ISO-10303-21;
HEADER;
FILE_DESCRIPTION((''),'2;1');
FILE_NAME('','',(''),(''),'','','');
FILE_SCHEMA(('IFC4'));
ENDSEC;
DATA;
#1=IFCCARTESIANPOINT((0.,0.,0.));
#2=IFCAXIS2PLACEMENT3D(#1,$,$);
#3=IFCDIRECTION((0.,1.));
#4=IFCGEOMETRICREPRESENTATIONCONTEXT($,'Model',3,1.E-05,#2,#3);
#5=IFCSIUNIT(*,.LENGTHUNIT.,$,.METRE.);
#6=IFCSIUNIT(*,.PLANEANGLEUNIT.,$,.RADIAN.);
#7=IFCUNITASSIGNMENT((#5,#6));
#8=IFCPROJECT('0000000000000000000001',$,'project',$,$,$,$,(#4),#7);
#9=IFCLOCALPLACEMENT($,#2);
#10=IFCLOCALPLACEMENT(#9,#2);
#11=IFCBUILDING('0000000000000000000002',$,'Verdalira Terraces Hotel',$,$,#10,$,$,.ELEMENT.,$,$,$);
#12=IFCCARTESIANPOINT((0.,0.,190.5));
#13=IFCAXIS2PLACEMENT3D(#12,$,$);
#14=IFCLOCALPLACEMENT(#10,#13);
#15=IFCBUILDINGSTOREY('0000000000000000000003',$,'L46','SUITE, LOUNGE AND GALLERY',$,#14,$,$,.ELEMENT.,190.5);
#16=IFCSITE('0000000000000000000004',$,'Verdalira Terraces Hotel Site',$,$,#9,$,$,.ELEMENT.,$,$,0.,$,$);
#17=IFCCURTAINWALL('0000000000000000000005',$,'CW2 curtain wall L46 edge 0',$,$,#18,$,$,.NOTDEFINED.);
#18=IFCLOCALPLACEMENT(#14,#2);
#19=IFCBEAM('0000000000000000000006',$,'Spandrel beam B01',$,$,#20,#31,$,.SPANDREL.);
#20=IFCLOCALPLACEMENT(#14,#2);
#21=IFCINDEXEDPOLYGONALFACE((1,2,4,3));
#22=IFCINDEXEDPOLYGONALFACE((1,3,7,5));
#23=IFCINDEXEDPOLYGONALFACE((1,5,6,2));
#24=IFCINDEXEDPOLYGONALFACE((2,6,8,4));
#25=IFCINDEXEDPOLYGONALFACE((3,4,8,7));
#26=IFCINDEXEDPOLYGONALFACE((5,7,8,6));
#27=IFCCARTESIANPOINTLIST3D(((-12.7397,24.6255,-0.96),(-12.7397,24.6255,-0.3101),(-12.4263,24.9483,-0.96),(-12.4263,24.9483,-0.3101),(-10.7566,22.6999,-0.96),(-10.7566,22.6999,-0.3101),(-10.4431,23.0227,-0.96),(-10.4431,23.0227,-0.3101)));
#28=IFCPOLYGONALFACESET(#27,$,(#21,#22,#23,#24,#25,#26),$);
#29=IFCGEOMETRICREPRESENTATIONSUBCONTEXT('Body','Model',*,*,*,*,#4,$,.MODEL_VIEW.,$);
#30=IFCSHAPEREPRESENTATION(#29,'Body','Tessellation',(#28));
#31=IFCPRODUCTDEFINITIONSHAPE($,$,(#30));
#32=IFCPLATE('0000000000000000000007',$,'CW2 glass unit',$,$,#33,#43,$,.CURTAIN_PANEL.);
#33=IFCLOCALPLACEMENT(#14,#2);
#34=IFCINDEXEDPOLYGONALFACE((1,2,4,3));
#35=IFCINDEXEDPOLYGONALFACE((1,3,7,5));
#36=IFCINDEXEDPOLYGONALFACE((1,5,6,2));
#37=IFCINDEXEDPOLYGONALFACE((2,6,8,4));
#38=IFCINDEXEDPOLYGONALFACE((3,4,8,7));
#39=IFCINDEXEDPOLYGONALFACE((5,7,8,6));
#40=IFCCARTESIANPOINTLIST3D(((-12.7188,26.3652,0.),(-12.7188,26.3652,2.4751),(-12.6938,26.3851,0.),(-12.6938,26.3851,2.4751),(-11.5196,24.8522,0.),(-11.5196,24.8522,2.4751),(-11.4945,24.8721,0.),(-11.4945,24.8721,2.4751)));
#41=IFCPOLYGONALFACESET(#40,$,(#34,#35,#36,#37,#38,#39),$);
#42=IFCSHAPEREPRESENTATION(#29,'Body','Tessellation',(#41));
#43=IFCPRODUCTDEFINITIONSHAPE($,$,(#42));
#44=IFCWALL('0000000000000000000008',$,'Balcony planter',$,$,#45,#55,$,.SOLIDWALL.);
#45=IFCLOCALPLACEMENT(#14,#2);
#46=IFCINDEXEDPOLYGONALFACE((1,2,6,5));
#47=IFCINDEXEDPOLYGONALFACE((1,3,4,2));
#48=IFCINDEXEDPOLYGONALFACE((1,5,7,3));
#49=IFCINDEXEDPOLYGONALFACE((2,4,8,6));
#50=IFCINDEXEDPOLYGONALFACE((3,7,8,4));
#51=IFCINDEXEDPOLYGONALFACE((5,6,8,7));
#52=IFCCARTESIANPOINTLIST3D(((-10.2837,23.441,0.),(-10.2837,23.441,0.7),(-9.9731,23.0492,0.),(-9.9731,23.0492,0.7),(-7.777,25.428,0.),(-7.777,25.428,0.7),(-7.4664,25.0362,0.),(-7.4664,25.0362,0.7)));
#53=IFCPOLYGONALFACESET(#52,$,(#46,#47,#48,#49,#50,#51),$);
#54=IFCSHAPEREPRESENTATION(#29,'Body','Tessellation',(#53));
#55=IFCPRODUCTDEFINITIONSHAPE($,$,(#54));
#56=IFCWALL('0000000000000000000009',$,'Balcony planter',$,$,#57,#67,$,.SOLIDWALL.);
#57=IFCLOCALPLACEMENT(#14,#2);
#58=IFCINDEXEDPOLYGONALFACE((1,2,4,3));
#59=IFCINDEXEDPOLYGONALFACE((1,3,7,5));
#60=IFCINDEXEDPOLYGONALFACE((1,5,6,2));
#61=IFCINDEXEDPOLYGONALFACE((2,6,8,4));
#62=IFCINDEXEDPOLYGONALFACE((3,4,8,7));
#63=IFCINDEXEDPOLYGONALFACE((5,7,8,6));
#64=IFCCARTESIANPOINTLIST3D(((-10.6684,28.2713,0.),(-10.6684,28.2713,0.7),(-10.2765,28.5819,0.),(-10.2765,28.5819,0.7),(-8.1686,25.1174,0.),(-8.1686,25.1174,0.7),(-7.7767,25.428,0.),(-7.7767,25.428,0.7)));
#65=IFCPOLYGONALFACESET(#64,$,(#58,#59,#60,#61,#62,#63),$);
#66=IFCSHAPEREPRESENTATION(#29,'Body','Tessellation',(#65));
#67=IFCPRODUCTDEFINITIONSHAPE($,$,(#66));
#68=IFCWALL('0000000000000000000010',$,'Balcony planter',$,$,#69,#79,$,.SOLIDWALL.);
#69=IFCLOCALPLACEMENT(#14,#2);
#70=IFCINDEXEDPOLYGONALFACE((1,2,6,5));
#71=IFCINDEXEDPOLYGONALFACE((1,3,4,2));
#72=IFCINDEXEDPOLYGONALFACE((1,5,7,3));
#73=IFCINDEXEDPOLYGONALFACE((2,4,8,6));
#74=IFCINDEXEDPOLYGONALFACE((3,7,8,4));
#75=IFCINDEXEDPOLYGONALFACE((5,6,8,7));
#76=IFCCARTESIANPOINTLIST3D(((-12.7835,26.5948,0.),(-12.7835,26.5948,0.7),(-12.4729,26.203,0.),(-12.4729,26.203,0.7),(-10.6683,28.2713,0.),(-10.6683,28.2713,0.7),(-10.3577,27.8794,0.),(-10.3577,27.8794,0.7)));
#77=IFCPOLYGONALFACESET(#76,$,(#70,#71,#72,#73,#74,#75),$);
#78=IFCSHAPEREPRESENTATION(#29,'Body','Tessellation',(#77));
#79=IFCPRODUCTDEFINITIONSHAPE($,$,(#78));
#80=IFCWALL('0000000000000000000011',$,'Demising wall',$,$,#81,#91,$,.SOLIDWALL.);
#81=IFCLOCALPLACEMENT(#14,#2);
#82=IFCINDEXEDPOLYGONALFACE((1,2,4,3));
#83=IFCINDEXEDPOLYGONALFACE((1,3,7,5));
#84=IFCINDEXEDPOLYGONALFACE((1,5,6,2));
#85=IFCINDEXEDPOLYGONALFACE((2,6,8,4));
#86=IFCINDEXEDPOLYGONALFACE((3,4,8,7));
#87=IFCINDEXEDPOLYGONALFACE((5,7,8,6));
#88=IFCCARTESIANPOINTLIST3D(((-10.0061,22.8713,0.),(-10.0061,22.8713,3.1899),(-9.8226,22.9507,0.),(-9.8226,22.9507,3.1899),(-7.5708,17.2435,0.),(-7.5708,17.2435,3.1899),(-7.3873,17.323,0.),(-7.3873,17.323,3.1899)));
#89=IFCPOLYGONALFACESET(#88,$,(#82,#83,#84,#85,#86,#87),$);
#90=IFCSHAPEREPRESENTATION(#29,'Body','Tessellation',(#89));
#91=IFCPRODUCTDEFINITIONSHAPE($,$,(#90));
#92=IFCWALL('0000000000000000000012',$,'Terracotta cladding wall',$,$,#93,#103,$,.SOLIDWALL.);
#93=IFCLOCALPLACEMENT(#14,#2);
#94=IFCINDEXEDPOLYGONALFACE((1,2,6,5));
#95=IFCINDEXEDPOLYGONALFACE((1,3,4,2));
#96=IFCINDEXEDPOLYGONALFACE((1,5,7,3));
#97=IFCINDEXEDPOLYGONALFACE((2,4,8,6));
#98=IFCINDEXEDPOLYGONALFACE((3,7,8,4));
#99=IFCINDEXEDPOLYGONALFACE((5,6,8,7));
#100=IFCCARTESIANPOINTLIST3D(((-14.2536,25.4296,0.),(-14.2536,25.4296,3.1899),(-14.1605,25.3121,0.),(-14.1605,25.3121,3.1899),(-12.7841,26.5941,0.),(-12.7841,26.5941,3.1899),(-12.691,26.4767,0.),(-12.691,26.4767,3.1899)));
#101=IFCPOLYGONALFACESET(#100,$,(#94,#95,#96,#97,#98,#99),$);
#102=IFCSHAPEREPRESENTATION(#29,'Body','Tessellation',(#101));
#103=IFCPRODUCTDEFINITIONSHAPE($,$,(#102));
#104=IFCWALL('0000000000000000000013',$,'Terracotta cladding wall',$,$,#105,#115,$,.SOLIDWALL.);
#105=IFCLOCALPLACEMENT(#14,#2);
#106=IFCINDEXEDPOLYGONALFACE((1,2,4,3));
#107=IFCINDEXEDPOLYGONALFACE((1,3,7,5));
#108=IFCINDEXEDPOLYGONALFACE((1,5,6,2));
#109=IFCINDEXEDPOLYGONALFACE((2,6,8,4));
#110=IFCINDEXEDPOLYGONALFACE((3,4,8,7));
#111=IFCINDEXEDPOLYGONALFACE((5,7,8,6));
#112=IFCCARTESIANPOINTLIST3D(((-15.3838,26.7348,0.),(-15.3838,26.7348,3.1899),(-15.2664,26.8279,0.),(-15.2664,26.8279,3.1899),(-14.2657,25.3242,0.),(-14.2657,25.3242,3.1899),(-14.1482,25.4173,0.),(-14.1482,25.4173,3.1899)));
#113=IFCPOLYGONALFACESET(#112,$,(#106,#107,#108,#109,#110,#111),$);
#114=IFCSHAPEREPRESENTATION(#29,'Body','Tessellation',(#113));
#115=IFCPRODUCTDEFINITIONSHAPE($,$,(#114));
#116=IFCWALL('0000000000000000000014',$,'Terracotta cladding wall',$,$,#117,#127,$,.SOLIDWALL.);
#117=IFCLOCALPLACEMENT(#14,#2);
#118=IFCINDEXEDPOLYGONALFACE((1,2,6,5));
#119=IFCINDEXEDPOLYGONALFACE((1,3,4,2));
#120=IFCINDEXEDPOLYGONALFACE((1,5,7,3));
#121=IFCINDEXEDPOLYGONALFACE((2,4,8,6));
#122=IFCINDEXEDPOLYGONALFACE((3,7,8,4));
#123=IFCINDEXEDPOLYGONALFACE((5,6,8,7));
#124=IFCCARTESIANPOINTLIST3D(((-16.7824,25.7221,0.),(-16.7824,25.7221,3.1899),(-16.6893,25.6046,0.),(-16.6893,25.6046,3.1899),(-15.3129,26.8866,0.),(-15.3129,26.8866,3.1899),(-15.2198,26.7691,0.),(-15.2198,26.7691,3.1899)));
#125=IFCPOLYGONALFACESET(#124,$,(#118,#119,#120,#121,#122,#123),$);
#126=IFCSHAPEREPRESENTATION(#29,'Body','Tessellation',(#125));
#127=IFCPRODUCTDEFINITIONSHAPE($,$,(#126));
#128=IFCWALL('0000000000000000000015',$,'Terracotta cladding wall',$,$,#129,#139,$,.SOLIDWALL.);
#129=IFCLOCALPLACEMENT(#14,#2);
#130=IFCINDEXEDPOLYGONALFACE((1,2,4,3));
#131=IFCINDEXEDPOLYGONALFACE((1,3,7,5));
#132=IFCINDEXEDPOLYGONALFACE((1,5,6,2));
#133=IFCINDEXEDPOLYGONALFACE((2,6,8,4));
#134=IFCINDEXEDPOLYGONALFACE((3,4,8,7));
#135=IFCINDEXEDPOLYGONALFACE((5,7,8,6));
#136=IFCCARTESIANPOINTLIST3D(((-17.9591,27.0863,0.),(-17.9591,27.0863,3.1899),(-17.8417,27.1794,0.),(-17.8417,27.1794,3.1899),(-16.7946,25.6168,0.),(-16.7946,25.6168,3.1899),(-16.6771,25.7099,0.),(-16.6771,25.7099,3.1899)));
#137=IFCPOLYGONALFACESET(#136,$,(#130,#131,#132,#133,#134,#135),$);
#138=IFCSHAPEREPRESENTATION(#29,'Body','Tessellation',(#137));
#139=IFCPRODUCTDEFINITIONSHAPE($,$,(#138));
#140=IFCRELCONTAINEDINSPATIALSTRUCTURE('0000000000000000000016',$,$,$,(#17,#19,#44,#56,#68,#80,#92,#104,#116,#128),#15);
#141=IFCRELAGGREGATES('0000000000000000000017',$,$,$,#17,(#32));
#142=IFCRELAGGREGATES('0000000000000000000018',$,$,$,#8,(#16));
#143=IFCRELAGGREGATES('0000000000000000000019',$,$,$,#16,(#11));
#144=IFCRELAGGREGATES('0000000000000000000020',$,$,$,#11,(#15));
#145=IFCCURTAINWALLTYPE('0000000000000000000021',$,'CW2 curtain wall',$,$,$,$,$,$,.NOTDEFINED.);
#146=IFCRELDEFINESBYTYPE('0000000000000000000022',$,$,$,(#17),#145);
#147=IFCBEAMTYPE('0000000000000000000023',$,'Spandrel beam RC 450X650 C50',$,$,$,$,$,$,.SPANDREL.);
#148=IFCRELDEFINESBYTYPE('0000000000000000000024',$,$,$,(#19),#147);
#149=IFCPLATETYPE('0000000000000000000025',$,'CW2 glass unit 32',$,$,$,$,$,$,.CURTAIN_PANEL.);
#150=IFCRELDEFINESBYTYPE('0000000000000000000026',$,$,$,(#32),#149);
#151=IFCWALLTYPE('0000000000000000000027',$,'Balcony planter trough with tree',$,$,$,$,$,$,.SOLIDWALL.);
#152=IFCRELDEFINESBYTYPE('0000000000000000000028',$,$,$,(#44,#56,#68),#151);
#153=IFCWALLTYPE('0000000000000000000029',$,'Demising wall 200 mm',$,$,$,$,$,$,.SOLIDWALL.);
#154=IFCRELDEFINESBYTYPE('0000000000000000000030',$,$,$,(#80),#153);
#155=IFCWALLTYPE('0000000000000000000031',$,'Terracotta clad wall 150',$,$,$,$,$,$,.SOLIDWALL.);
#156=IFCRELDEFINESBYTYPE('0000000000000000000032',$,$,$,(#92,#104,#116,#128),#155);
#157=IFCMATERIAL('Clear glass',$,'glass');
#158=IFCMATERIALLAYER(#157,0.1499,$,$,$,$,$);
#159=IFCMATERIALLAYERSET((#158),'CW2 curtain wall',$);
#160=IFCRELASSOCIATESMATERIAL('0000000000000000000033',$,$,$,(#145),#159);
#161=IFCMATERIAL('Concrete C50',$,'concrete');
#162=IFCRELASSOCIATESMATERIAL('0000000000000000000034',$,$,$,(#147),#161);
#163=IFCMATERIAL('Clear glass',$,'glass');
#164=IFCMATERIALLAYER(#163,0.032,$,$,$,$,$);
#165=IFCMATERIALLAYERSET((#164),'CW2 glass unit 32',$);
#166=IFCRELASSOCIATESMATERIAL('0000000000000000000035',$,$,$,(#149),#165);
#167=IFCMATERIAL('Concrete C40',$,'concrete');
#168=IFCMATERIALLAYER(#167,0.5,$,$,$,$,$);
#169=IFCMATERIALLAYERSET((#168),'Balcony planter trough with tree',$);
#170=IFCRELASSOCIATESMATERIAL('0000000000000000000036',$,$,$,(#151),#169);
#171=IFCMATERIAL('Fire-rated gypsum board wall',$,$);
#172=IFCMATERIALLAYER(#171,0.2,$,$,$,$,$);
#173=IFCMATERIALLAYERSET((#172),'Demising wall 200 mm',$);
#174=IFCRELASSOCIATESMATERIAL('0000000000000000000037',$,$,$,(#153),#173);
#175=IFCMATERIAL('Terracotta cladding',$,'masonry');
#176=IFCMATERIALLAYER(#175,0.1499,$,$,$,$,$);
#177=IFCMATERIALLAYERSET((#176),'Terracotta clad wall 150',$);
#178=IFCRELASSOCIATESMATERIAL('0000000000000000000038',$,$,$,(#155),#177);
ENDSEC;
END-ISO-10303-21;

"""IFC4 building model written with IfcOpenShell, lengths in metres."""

from ifc_helpers import new_model, si_unit, direction, frame, frame_2d, origin, origin_2d, place, context, subcontext, project, spatial, rectangle, extrude, material, layer, layer_set, material_profile, profile_set, type_object, element, aggregate, save


model = new_model("IFC4")

# Units and contexts
model_context = context("Model", 3, precision=1e-05, world=origin(), true_north=direction((0.0, 1.0)))
body_context = subcontext(model_context, "Body", "Model", "MODEL_VIEW")
ifc_project = project(units=[si_unit("LENGTHUNIT", "METRE"), si_unit("PLANEANGLEUNIT", "RADIAN")], contexts=[model_context])

# Site, building, storey
site_placement = place(None, origin())
site = spatial("IfcSite", under=ifc_project, at=site_placement, Name="Verdalira Terraces Hotel Site", CompositionType="ELEMENT", RefElevation=0.0)
building_placement = place(site_placement, origin())
building = spatial("IfcBuilding", under=site, at=building_placement, Name="Verdalira Terraces Hotel", CompositionType="ELEMENT")
storey_placement = place(building_placement, frame((0.0, 0.0, 190.5)))
storey = spatial("IfcBuildingStorey", under=building, at=storey_placement, Name="L46", Description="SUITE, LOUNGE AND GALLERY", CompositionType="ELEMENT", Elevation=190.5)

# Curtain wall
ifc_material_1 = material(Name="Clear glass", Category="glass")
ifc_layer_1 = layer(ifc_material_1, 0.1499)
ifc_layer_set_1 = layer_set([ifc_layer_1], Name="CW2 curtain wall")
curtain_wall_type_1 = type_object("IfcCurtainWallType", Name="CW2 curtain wall", PredefinedType="NOTDEFINED", material=ifc_layer_set_1)
curtain_wall_1_placement = place(storey_placement, origin())
curtain_wall_1 = element("IfcCurtainWall", 1, at=curtain_wall_1_placement, inside=storey, type_object=curtain_wall_type_1, Name="CW2 curtain wall L46 edge 0", PredefinedType="NOTDEFINED")

# Beam
ifc_material_2 = material(Name="Concrete C50", Category="concrete")
ifc_material_profile_1 = material_profile(ifc_material_2, rectangle(XDim=0.45, YDim=0.6499, at=origin_2d()), Name="RC 450X650")
ifc_profile_set_1 = profile_set([ifc_material_profile_1], Name="Concrete C50")
beam_type_1 = type_object("IfcBeamType", Name="Spandrel beam RC 450X650 C50", PredefinedType="SPANDREL", material=ifc_profile_set_1)
beam_1_placement = place(storey_placement, frame((-10.5999, 22.8613, -0.635), z_axis=(-0.717452, 0.696608, 0.0), x_axis=(-0.696608, -0.717452, 0.0)))
element("IfcBeam", 2, at=beam_1_placement, inside=storey, type_object=beam_type_1, Name="Spandrel beam B01", PredefinedType="SPANDREL", context=body_context, shape_type="SweptSolid", body=[
    extrude(rectangle(XDim=0.45, YDim=0.6499, at=origin_2d()), origin(), (0.0, 0.0, 1.0), 2.7642),
])

# Plate
ifc_material_3 = material(Name="Clear glass", Category="glass")
ifc_layer_2 = layer(ifc_material_3, 0.032)
ifc_layer_set_2 = layer_set([ifc_layer_2], Name="CW2 glass unit 32")
plate_type = type_object("IfcPlateType", Name="CW2 glass unit 32", PredefinedType="CURTAIN_PANEL", material=ifc_layer_set_2)
plate_placement = place(storey_placement, frame((-12.1067, 25.6187, 0.0), z_axis=(0.0, 0.0, 1.0), x_axis=(-0.621148, 0.783693, 0.0)))
plate = element("IfcPlate", 3, at=plate_placement, type_object=plate_type, Name="CW2 glass unit", PredefinedType="CURTAIN_PANEL", context=body_context, shape_type="SweptSolid", body=[
    extrude(rectangle(XDim=1.9307, YDim=0.032, at=origin_2d()), origin(), (0.0, 0.0, 1.0), 2.4751),
])
aggregate(curtain_wall_1, [plate])

# Walls
ifc_material_4 = material(Name="Concrete C40", Category="concrete")
ifc_layer_3 = layer(ifc_material_4, 0.5)
ifc_layer_set_3 = layer_set([ifc_layer_3], Name="Balcony planter trough with tree")
wall_type_1 = type_object("IfcWallType", Name="Balcony planter trough with tree", PredefinedType="SOLIDWALL", material=ifc_layer_set_3)
wall_1_placement = place(storey_placement, frame((-10.1284, 23.2451, 0.0), z_axis=(0.0, 0.0, 1.0), x_axis=(0.783668, 0.62118, 0.0)))
element("IfcWall", 4, at=wall_1_placement, inside=storey, type_object=wall_type_1, Name="Balcony planter", PredefinedType="SOLIDWALL", context=body_context, shape_type="SweptSolid", body=[
    extrude(rectangle(XDim=3.1987, YDim=0.5, at=frame_2d((1.5994, 0.0))), origin(), (0.0, 0.0, 1.0), 0.7),
])
wall_2_placement = place(storey_placement, frame((-7.9727, 25.2727, 0.0), z_axis=(0.0, 0.0, 1.0), x_axis=(-0.62116, 0.783684, 0.0)))
element("IfcWall", 5, at=wall_2_placement, inside=storey, type_object=wall_type_1, Name="Balcony planter", PredefinedType="SOLIDWALL", context=body_context, shape_type="SweptSolid", body=[
    extrude(rectangle(XDim=4.0244, YDim=0.5, at=frame_2d((2.0122, 0.0))), origin(), (0.0, 0.0, 1.0), 0.7),
])
wall_3_placement = place(storey_placement, frame((-10.5129, 28.0754, 0.0), z_axis=(0.0, 0.0, 1.0), x_axis=(-0.783694, -0.621148, 0.0)))
element("IfcWall", 6, at=wall_3_placement, inside=storey, type_object=wall_type_1, Name="Balcony planter", PredefinedType="SOLIDWALL", context=body_context, shape_type="SweptSolid", body=[
    extrude(rectangle(XDim=2.699, YDim=0.5, at=frame_2d((1.3496, 0.0))), origin(), (0.0, 0.0, 1.0), 0.7),
])
ifc_material_5 = material(Name="Fire-rated gypsum board wall")
ifc_layer_4 = layer(ifc_material_5, 0.2)
ifc_layer_set_4 = layer_set([ifc_layer_4], Name="Demising wall 200 mm")
wall_type_2 = type_object("IfcWallType", Name="Demising wall 200 mm", PredefinedType="SOLIDWALL", material=ifc_layer_set_4)
wall_4_placement = place(storey_placement, frame((-9.9143, 22.9109, 0.0), z_axis=(0.0, 0.0, 1.0), x_axis=(0.397146, -0.917755, 0.0)))
element("IfcWall", 7, at=wall_4_placement, inside=storey, type_object=wall_type_2, Name="Demising wall", PredefinedType="SOLIDWALL", context=body_context, shape_type="SweptSolid", body=[
    extrude(rectangle(XDim=6.1321, YDim=0.2, at=frame_2d((3.0659, 0.0))), origin(), (0.0, 0.0, 1.0), 3.1899),
])
ifc_material_6 = material(Name="Terracotta cladding", Category="masonry")
ifc_layer_5 = layer(ifc_material_6, 0.1499)
ifc_layer_set_5 = layer_set([ifc_layer_5], Name="Terracotta clad wall 150")
wall_type_3 = type_object("IfcWallType", Name="Terracotta clad wall 150", PredefinedType="SOLIDWALL", material=ifc_layer_set_5)
wall_5_placement = place(storey_placement, frame((-12.7375, 26.5354, 0.0), z_axis=(0.0, 0.0, 1.0), x_axis=(-0.783732, -0.6211, 0.0)))
element("IfcWall", 8, at=wall_5_placement, inside=storey, type_object=wall_type_3, Name="Terracotta cladding wall", PredefinedType="SOLIDWALL", context=body_context, shape_type="SweptSolid", body=[
    extrude(rectangle(XDim=1.875, YDim=0.1499, at=frame_2d((0.9375, 0.0))), origin(), (0.0, 0.0, 1.0), 3.1899),
])
wall_6_placement = place(storey_placement, frame((-14.207, 25.3709, 0.0), z_axis=(0.0, 0.0, 1.0), x_axis=(-0.621182, 0.783666, 0.0)))
element("IfcWall", 9, at=wall_6_placement, inside=storey, type_object=wall_type_3, Name="Terracotta cladding wall", PredefinedType="SOLIDWALL", context=body_context, shape_type="SweptSolid", body=[
    extrude(rectangle(XDim=1.8, YDim=0.1499, at=frame_2d((0.8999, 0.0))), origin(), (0.0, 0.0, 1.0), 3.1899),
])
for number, where, z_axis, x_axis, name in (
    (10, (-15.2664, 26.8279, 0.0), (0.0, 0.0, 1.0), (-0.783732, -0.6211, 0.0), "Terracotta cladding wall"),
    (11, (-16.7358, 25.6633, 0.0), (0.0, 0.0, 1.0), (-0.6211, 0.783732, 0.0), "Terracotta cladding wall"),
):
    element("IfcWall", number, at=place(storey_placement, frame(where, z_axis=z_axis, x_axis=x_axis)), inside=storey, type_object=wall_type_3, Name=name, PredefinedType="SOLIDWALL", context=body_context, shape_type="SweptSolid", body=[
        extrude(rectangle(XDim=1.875, YDim=0.1499, at=frame_2d((0.9375, 0.0))), origin(), (0.0, 0.0, 1.0), 3.1899),
    ])

save(model, "model.ifc")
